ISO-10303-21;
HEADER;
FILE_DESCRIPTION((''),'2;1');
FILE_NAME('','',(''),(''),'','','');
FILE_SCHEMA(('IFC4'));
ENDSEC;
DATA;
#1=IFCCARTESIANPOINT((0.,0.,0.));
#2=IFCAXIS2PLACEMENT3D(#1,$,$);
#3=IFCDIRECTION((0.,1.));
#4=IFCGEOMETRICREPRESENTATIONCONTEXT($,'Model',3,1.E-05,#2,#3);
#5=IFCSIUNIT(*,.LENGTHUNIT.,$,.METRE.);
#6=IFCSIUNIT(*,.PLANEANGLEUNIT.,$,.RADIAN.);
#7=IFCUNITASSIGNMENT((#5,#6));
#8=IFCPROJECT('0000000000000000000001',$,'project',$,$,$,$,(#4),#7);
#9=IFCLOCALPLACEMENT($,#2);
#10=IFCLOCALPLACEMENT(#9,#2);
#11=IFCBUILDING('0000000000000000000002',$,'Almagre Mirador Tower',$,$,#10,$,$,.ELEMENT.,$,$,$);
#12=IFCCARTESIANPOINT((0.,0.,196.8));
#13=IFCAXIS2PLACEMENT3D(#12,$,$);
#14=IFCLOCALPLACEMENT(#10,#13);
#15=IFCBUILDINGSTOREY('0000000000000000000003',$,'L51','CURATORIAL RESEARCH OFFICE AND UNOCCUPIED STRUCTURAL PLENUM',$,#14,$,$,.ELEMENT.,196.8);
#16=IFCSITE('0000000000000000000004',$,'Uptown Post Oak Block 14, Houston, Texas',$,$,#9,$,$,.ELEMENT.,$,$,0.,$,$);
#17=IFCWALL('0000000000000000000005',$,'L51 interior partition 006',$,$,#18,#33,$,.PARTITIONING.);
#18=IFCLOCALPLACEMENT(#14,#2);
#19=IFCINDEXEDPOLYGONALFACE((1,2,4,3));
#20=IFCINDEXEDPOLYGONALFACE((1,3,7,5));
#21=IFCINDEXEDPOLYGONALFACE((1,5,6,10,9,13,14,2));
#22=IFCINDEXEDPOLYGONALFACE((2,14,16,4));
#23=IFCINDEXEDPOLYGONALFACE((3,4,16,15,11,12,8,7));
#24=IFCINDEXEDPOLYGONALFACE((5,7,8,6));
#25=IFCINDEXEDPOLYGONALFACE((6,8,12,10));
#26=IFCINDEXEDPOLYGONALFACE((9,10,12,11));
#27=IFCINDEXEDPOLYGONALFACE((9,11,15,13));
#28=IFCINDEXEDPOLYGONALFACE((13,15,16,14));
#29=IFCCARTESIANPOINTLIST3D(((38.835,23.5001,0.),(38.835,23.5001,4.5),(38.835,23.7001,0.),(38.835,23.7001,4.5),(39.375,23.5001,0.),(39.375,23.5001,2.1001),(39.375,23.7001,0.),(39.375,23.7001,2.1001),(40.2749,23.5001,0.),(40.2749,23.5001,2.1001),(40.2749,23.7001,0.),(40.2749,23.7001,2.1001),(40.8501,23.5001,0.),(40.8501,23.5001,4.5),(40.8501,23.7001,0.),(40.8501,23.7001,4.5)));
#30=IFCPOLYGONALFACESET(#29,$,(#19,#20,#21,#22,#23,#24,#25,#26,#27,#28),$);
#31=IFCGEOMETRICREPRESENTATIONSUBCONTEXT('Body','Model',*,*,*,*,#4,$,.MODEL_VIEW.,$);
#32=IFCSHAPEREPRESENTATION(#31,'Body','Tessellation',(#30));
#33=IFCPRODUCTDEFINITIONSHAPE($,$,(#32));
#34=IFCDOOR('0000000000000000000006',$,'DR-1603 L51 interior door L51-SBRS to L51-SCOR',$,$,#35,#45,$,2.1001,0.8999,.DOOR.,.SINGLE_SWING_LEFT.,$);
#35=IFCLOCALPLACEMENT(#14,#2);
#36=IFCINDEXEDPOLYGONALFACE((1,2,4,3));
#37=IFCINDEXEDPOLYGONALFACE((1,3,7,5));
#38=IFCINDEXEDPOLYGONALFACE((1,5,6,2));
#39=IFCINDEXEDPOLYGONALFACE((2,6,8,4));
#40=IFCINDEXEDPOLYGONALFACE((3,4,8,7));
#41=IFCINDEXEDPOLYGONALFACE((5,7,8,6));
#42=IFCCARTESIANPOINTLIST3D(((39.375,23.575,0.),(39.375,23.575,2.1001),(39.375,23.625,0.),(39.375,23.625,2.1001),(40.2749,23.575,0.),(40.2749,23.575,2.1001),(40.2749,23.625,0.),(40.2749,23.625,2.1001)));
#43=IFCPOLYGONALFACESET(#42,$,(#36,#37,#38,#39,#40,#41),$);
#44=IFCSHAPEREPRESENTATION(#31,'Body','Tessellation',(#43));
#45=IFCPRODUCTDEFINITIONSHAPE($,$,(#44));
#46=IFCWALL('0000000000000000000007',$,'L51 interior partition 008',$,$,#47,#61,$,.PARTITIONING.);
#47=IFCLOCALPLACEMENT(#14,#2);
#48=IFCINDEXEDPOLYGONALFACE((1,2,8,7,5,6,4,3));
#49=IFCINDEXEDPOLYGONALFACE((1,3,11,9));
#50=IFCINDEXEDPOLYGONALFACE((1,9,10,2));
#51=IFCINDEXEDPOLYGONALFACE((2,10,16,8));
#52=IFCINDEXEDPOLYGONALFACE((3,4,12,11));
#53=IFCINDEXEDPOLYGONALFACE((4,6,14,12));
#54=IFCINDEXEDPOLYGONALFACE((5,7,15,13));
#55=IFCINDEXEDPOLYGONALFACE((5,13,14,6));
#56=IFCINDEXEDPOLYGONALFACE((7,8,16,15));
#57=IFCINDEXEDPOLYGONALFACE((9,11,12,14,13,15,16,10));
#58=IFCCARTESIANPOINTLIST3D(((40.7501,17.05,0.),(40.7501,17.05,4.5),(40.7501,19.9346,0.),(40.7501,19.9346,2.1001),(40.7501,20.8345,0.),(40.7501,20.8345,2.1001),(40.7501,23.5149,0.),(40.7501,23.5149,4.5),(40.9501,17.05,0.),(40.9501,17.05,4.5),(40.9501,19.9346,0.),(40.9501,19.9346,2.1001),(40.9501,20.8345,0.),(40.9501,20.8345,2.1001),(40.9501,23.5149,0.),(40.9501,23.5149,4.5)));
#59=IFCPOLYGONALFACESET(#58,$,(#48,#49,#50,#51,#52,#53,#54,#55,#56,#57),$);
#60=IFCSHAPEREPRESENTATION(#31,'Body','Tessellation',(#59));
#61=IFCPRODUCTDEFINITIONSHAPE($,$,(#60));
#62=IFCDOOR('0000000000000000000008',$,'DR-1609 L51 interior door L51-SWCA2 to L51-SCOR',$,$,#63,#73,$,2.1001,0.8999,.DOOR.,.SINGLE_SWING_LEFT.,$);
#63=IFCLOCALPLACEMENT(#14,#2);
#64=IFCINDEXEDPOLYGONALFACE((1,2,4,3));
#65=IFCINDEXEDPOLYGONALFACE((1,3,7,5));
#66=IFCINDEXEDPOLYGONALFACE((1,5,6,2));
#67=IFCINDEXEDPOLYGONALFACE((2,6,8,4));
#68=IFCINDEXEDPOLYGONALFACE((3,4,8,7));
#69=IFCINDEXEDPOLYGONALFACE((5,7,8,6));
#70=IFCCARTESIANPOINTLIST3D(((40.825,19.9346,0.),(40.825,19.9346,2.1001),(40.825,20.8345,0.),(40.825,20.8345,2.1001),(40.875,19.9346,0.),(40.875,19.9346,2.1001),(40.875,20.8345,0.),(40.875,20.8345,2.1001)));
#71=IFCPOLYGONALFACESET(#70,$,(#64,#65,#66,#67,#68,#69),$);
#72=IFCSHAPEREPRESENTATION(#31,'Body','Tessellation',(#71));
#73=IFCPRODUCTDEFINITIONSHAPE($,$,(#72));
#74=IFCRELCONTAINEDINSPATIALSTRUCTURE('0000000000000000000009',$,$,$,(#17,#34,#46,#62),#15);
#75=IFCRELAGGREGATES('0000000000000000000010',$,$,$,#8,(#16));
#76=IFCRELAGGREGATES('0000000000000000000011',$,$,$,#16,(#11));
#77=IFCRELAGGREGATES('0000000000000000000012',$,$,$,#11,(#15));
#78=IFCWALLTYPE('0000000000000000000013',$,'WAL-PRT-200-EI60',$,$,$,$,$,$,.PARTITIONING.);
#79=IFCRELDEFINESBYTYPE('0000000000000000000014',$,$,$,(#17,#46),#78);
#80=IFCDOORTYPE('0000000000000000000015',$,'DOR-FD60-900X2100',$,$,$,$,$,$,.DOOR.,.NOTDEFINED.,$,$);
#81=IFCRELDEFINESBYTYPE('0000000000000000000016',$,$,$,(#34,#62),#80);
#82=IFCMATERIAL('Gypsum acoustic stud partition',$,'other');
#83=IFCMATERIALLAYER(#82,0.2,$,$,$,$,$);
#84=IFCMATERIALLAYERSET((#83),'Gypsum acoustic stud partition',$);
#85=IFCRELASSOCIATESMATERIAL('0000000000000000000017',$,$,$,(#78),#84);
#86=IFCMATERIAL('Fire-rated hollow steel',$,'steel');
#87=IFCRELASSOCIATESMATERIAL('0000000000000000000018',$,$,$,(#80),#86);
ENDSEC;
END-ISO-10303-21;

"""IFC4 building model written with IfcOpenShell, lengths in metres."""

from ifc_helpers import new_model, si_unit, direction, frame, frame_2d, origin, place, context, subcontext, project, spatial, rectangle, extrude, material, layer, layer_set, type_object, element, fill, save


model = new_model("IFC4")

# Units and contexts
model_context = context("Model", 3, precision=1e-05, world=origin(), true_north=direction((0.0, 1.0)))
body_context = subcontext(model_context, "Body", "Model", "MODEL_VIEW")
ifc_project = project(units=[si_unit("LENGTHUNIT", "METRE"), si_unit("PLANEANGLEUNIT", "RADIAN")], contexts=[model_context])

# Site, building, storey
site_placement = place(None, origin())
site = spatial("IfcSite", under=ifc_project, at=site_placement, Name="Uptown Post Oak Block 14, Houston, Texas", CompositionType="ELEMENT", RefElevation=0.0)
building_placement = place(site_placement, origin())
building = spatial("IfcBuilding", under=site, at=building_placement, Name="Almagre Mirador Tower", CompositionType="ELEMENT")
storey_placement = place(building_placement, frame((0.0, 0.0, 196.8)))
storey = spatial("IfcBuildingStorey", under=building, at=storey_placement, Name="L51", Description="CURATORIAL RESEARCH OFFICE AND UNOCCUPIED STRUCTURAL PLENUM", CompositionType="ELEMENT", Elevation=196.8)

# Walls, openings, doors
ifc_material_1 = material(Name="Gypsum acoustic stud partition", Category="other")
ifc_layer_1 = layer(ifc_material_1, 0.2)
ifc_layer_set_1 = layer_set([ifc_layer_1], Name="Gypsum acoustic stud partition")
wall_type_1 = type_object("IfcWallType", Name="WAL-PRT-200-EI60", PredefinedType="PARTITIONING", material=ifc_layer_set_1)
wall_1_placement = place(storey_placement, frame((38.835, 23.6001, 0.0), z_axis=(0.0, 0.0, 1.0), x_axis=(1.0, 0.0, 0.0)))
wall_1 = element("IfcWall", 1, at=wall_1_placement, inside=storey, type_object=wall_type_1, Name="L51 interior partition 006", PredefinedType="PARTITIONING", context=body_context, shape_type="SweptSolid", body=[
    extrude(rectangle(XDim=2.0151, YDim=0.2, at=frame_2d((1.0076, 0.0))), origin(), (0.0, 0.0, 1.0), 4.5),
])
opening_1_placement = place(wall_1_placement, frame((0.54, 0.0, 0.0)))
opening_1 = element("IfcOpeningElement", 2, at=opening_1_placement, cuts=wall_1, PredefinedType="OPENING", context=body_context, shape_type="SweptSolid", body=[
    extrude(rectangle(XDim=0.8999, YDim=2.1001, at=frame_2d((0.45, 1.05))), frame((0.0, 0.1101, 0.0), z_axis=(0.0, -1.0, 0.0), x_axis=(1.0, 0.0, 0.0)), (0.0, 0.0, 1.0), 0.22),
])
ifc_material_2 = material(Name="Fire-rated hollow steel", Category="steel")
door_type = type_object("IfcDoorType", Name="DOR-FD60-900X2100", OperationType="NOTDEFINED", PredefinedType="DOOR", material=ifc_material_2)
door_1_placement = place(opening_1_placement, origin())
door_1 = element("IfcDoor", 3, at=door_1_placement, inside=storey, type_object=door_type, Name="DR-1603 L51 interior door L51-SBRS to L51-SCOR", OperationType="SINGLE_SWING_LEFT", OverallHeight=2.1001, OverallWidth=0.8999, PredefinedType="DOOR", context=body_context, shape_type="SweptSolid", body=[
    extrude(rectangle(XDim=0.8999, YDim=2.1001, at=frame_2d((0.45, 1.05))), frame((0.0, 0.0249, 0.0), z_axis=(0.0, -1.0, 0.0), x_axis=(1.0, 0.0, 0.0)), (0.0, 0.0, 1.0), 0.05),
])
fill(opening_1, door_1)
wall_2_placement = place(storey_placement, frame((40.8501, 23.5149, 0.0), z_axis=(0.0, 0.0, 1.0), x_axis=(0.0, -1.0, 0.0)))
wall_2 = element("IfcWall", 4, at=wall_2_placement, inside=storey, type_object=wall_type_1, Name="L51 interior partition 008", PredefinedType="PARTITIONING", context=body_context, shape_type="SweptSolid", body=[
    extrude(rectangle(XDim=6.4648, YDim=0.2, at=frame_2d((3.2324, 0.0))), origin(), (0.0, 0.0, 1.0), 4.5),
])
opening_2_placement = place(wall_2_placement, frame((2.6804, 0.0, 0.0)))
opening_2 = element("IfcOpeningElement", 5, at=opening_2_placement, cuts=wall_2, PredefinedType="OPENING", context=body_context, shape_type="SweptSolid", body=[
    extrude(rectangle(XDim=0.8999, YDim=2.1001, at=frame_2d((0.45, 1.05))), frame((0.0, 0.1101, 0.0), z_axis=(0.0, -1.0, 0.0), x_axis=(1.0, 0.0, 0.0)), (0.0, 0.0, 1.0), 0.22),
])
door_2_placement = place(opening_2_placement, origin())
door_2 = element("IfcDoor", 6, at=door_2_placement, inside=storey, type_object=door_type, Name="DR-1609 L51 interior door L51-SWCA2 to L51-SCOR", OperationType="SINGLE_SWING_LEFT", OverallHeight=2.1001, OverallWidth=0.8999, PredefinedType="DOOR", context=body_context, shape_type="SweptSolid", body=[
    extrude(rectangle(XDim=0.8999, YDim=2.1001, at=frame_2d((0.45, 1.05))), frame((0.0, 0.0249, 0.0), z_axis=(0.0, -1.0, 0.0), x_axis=(1.0, 0.0, 0.0)), (0.0, 0.0, 1.0), 0.05),
])
fill(opening_2, door_2)

save(model, "model.ifc")
